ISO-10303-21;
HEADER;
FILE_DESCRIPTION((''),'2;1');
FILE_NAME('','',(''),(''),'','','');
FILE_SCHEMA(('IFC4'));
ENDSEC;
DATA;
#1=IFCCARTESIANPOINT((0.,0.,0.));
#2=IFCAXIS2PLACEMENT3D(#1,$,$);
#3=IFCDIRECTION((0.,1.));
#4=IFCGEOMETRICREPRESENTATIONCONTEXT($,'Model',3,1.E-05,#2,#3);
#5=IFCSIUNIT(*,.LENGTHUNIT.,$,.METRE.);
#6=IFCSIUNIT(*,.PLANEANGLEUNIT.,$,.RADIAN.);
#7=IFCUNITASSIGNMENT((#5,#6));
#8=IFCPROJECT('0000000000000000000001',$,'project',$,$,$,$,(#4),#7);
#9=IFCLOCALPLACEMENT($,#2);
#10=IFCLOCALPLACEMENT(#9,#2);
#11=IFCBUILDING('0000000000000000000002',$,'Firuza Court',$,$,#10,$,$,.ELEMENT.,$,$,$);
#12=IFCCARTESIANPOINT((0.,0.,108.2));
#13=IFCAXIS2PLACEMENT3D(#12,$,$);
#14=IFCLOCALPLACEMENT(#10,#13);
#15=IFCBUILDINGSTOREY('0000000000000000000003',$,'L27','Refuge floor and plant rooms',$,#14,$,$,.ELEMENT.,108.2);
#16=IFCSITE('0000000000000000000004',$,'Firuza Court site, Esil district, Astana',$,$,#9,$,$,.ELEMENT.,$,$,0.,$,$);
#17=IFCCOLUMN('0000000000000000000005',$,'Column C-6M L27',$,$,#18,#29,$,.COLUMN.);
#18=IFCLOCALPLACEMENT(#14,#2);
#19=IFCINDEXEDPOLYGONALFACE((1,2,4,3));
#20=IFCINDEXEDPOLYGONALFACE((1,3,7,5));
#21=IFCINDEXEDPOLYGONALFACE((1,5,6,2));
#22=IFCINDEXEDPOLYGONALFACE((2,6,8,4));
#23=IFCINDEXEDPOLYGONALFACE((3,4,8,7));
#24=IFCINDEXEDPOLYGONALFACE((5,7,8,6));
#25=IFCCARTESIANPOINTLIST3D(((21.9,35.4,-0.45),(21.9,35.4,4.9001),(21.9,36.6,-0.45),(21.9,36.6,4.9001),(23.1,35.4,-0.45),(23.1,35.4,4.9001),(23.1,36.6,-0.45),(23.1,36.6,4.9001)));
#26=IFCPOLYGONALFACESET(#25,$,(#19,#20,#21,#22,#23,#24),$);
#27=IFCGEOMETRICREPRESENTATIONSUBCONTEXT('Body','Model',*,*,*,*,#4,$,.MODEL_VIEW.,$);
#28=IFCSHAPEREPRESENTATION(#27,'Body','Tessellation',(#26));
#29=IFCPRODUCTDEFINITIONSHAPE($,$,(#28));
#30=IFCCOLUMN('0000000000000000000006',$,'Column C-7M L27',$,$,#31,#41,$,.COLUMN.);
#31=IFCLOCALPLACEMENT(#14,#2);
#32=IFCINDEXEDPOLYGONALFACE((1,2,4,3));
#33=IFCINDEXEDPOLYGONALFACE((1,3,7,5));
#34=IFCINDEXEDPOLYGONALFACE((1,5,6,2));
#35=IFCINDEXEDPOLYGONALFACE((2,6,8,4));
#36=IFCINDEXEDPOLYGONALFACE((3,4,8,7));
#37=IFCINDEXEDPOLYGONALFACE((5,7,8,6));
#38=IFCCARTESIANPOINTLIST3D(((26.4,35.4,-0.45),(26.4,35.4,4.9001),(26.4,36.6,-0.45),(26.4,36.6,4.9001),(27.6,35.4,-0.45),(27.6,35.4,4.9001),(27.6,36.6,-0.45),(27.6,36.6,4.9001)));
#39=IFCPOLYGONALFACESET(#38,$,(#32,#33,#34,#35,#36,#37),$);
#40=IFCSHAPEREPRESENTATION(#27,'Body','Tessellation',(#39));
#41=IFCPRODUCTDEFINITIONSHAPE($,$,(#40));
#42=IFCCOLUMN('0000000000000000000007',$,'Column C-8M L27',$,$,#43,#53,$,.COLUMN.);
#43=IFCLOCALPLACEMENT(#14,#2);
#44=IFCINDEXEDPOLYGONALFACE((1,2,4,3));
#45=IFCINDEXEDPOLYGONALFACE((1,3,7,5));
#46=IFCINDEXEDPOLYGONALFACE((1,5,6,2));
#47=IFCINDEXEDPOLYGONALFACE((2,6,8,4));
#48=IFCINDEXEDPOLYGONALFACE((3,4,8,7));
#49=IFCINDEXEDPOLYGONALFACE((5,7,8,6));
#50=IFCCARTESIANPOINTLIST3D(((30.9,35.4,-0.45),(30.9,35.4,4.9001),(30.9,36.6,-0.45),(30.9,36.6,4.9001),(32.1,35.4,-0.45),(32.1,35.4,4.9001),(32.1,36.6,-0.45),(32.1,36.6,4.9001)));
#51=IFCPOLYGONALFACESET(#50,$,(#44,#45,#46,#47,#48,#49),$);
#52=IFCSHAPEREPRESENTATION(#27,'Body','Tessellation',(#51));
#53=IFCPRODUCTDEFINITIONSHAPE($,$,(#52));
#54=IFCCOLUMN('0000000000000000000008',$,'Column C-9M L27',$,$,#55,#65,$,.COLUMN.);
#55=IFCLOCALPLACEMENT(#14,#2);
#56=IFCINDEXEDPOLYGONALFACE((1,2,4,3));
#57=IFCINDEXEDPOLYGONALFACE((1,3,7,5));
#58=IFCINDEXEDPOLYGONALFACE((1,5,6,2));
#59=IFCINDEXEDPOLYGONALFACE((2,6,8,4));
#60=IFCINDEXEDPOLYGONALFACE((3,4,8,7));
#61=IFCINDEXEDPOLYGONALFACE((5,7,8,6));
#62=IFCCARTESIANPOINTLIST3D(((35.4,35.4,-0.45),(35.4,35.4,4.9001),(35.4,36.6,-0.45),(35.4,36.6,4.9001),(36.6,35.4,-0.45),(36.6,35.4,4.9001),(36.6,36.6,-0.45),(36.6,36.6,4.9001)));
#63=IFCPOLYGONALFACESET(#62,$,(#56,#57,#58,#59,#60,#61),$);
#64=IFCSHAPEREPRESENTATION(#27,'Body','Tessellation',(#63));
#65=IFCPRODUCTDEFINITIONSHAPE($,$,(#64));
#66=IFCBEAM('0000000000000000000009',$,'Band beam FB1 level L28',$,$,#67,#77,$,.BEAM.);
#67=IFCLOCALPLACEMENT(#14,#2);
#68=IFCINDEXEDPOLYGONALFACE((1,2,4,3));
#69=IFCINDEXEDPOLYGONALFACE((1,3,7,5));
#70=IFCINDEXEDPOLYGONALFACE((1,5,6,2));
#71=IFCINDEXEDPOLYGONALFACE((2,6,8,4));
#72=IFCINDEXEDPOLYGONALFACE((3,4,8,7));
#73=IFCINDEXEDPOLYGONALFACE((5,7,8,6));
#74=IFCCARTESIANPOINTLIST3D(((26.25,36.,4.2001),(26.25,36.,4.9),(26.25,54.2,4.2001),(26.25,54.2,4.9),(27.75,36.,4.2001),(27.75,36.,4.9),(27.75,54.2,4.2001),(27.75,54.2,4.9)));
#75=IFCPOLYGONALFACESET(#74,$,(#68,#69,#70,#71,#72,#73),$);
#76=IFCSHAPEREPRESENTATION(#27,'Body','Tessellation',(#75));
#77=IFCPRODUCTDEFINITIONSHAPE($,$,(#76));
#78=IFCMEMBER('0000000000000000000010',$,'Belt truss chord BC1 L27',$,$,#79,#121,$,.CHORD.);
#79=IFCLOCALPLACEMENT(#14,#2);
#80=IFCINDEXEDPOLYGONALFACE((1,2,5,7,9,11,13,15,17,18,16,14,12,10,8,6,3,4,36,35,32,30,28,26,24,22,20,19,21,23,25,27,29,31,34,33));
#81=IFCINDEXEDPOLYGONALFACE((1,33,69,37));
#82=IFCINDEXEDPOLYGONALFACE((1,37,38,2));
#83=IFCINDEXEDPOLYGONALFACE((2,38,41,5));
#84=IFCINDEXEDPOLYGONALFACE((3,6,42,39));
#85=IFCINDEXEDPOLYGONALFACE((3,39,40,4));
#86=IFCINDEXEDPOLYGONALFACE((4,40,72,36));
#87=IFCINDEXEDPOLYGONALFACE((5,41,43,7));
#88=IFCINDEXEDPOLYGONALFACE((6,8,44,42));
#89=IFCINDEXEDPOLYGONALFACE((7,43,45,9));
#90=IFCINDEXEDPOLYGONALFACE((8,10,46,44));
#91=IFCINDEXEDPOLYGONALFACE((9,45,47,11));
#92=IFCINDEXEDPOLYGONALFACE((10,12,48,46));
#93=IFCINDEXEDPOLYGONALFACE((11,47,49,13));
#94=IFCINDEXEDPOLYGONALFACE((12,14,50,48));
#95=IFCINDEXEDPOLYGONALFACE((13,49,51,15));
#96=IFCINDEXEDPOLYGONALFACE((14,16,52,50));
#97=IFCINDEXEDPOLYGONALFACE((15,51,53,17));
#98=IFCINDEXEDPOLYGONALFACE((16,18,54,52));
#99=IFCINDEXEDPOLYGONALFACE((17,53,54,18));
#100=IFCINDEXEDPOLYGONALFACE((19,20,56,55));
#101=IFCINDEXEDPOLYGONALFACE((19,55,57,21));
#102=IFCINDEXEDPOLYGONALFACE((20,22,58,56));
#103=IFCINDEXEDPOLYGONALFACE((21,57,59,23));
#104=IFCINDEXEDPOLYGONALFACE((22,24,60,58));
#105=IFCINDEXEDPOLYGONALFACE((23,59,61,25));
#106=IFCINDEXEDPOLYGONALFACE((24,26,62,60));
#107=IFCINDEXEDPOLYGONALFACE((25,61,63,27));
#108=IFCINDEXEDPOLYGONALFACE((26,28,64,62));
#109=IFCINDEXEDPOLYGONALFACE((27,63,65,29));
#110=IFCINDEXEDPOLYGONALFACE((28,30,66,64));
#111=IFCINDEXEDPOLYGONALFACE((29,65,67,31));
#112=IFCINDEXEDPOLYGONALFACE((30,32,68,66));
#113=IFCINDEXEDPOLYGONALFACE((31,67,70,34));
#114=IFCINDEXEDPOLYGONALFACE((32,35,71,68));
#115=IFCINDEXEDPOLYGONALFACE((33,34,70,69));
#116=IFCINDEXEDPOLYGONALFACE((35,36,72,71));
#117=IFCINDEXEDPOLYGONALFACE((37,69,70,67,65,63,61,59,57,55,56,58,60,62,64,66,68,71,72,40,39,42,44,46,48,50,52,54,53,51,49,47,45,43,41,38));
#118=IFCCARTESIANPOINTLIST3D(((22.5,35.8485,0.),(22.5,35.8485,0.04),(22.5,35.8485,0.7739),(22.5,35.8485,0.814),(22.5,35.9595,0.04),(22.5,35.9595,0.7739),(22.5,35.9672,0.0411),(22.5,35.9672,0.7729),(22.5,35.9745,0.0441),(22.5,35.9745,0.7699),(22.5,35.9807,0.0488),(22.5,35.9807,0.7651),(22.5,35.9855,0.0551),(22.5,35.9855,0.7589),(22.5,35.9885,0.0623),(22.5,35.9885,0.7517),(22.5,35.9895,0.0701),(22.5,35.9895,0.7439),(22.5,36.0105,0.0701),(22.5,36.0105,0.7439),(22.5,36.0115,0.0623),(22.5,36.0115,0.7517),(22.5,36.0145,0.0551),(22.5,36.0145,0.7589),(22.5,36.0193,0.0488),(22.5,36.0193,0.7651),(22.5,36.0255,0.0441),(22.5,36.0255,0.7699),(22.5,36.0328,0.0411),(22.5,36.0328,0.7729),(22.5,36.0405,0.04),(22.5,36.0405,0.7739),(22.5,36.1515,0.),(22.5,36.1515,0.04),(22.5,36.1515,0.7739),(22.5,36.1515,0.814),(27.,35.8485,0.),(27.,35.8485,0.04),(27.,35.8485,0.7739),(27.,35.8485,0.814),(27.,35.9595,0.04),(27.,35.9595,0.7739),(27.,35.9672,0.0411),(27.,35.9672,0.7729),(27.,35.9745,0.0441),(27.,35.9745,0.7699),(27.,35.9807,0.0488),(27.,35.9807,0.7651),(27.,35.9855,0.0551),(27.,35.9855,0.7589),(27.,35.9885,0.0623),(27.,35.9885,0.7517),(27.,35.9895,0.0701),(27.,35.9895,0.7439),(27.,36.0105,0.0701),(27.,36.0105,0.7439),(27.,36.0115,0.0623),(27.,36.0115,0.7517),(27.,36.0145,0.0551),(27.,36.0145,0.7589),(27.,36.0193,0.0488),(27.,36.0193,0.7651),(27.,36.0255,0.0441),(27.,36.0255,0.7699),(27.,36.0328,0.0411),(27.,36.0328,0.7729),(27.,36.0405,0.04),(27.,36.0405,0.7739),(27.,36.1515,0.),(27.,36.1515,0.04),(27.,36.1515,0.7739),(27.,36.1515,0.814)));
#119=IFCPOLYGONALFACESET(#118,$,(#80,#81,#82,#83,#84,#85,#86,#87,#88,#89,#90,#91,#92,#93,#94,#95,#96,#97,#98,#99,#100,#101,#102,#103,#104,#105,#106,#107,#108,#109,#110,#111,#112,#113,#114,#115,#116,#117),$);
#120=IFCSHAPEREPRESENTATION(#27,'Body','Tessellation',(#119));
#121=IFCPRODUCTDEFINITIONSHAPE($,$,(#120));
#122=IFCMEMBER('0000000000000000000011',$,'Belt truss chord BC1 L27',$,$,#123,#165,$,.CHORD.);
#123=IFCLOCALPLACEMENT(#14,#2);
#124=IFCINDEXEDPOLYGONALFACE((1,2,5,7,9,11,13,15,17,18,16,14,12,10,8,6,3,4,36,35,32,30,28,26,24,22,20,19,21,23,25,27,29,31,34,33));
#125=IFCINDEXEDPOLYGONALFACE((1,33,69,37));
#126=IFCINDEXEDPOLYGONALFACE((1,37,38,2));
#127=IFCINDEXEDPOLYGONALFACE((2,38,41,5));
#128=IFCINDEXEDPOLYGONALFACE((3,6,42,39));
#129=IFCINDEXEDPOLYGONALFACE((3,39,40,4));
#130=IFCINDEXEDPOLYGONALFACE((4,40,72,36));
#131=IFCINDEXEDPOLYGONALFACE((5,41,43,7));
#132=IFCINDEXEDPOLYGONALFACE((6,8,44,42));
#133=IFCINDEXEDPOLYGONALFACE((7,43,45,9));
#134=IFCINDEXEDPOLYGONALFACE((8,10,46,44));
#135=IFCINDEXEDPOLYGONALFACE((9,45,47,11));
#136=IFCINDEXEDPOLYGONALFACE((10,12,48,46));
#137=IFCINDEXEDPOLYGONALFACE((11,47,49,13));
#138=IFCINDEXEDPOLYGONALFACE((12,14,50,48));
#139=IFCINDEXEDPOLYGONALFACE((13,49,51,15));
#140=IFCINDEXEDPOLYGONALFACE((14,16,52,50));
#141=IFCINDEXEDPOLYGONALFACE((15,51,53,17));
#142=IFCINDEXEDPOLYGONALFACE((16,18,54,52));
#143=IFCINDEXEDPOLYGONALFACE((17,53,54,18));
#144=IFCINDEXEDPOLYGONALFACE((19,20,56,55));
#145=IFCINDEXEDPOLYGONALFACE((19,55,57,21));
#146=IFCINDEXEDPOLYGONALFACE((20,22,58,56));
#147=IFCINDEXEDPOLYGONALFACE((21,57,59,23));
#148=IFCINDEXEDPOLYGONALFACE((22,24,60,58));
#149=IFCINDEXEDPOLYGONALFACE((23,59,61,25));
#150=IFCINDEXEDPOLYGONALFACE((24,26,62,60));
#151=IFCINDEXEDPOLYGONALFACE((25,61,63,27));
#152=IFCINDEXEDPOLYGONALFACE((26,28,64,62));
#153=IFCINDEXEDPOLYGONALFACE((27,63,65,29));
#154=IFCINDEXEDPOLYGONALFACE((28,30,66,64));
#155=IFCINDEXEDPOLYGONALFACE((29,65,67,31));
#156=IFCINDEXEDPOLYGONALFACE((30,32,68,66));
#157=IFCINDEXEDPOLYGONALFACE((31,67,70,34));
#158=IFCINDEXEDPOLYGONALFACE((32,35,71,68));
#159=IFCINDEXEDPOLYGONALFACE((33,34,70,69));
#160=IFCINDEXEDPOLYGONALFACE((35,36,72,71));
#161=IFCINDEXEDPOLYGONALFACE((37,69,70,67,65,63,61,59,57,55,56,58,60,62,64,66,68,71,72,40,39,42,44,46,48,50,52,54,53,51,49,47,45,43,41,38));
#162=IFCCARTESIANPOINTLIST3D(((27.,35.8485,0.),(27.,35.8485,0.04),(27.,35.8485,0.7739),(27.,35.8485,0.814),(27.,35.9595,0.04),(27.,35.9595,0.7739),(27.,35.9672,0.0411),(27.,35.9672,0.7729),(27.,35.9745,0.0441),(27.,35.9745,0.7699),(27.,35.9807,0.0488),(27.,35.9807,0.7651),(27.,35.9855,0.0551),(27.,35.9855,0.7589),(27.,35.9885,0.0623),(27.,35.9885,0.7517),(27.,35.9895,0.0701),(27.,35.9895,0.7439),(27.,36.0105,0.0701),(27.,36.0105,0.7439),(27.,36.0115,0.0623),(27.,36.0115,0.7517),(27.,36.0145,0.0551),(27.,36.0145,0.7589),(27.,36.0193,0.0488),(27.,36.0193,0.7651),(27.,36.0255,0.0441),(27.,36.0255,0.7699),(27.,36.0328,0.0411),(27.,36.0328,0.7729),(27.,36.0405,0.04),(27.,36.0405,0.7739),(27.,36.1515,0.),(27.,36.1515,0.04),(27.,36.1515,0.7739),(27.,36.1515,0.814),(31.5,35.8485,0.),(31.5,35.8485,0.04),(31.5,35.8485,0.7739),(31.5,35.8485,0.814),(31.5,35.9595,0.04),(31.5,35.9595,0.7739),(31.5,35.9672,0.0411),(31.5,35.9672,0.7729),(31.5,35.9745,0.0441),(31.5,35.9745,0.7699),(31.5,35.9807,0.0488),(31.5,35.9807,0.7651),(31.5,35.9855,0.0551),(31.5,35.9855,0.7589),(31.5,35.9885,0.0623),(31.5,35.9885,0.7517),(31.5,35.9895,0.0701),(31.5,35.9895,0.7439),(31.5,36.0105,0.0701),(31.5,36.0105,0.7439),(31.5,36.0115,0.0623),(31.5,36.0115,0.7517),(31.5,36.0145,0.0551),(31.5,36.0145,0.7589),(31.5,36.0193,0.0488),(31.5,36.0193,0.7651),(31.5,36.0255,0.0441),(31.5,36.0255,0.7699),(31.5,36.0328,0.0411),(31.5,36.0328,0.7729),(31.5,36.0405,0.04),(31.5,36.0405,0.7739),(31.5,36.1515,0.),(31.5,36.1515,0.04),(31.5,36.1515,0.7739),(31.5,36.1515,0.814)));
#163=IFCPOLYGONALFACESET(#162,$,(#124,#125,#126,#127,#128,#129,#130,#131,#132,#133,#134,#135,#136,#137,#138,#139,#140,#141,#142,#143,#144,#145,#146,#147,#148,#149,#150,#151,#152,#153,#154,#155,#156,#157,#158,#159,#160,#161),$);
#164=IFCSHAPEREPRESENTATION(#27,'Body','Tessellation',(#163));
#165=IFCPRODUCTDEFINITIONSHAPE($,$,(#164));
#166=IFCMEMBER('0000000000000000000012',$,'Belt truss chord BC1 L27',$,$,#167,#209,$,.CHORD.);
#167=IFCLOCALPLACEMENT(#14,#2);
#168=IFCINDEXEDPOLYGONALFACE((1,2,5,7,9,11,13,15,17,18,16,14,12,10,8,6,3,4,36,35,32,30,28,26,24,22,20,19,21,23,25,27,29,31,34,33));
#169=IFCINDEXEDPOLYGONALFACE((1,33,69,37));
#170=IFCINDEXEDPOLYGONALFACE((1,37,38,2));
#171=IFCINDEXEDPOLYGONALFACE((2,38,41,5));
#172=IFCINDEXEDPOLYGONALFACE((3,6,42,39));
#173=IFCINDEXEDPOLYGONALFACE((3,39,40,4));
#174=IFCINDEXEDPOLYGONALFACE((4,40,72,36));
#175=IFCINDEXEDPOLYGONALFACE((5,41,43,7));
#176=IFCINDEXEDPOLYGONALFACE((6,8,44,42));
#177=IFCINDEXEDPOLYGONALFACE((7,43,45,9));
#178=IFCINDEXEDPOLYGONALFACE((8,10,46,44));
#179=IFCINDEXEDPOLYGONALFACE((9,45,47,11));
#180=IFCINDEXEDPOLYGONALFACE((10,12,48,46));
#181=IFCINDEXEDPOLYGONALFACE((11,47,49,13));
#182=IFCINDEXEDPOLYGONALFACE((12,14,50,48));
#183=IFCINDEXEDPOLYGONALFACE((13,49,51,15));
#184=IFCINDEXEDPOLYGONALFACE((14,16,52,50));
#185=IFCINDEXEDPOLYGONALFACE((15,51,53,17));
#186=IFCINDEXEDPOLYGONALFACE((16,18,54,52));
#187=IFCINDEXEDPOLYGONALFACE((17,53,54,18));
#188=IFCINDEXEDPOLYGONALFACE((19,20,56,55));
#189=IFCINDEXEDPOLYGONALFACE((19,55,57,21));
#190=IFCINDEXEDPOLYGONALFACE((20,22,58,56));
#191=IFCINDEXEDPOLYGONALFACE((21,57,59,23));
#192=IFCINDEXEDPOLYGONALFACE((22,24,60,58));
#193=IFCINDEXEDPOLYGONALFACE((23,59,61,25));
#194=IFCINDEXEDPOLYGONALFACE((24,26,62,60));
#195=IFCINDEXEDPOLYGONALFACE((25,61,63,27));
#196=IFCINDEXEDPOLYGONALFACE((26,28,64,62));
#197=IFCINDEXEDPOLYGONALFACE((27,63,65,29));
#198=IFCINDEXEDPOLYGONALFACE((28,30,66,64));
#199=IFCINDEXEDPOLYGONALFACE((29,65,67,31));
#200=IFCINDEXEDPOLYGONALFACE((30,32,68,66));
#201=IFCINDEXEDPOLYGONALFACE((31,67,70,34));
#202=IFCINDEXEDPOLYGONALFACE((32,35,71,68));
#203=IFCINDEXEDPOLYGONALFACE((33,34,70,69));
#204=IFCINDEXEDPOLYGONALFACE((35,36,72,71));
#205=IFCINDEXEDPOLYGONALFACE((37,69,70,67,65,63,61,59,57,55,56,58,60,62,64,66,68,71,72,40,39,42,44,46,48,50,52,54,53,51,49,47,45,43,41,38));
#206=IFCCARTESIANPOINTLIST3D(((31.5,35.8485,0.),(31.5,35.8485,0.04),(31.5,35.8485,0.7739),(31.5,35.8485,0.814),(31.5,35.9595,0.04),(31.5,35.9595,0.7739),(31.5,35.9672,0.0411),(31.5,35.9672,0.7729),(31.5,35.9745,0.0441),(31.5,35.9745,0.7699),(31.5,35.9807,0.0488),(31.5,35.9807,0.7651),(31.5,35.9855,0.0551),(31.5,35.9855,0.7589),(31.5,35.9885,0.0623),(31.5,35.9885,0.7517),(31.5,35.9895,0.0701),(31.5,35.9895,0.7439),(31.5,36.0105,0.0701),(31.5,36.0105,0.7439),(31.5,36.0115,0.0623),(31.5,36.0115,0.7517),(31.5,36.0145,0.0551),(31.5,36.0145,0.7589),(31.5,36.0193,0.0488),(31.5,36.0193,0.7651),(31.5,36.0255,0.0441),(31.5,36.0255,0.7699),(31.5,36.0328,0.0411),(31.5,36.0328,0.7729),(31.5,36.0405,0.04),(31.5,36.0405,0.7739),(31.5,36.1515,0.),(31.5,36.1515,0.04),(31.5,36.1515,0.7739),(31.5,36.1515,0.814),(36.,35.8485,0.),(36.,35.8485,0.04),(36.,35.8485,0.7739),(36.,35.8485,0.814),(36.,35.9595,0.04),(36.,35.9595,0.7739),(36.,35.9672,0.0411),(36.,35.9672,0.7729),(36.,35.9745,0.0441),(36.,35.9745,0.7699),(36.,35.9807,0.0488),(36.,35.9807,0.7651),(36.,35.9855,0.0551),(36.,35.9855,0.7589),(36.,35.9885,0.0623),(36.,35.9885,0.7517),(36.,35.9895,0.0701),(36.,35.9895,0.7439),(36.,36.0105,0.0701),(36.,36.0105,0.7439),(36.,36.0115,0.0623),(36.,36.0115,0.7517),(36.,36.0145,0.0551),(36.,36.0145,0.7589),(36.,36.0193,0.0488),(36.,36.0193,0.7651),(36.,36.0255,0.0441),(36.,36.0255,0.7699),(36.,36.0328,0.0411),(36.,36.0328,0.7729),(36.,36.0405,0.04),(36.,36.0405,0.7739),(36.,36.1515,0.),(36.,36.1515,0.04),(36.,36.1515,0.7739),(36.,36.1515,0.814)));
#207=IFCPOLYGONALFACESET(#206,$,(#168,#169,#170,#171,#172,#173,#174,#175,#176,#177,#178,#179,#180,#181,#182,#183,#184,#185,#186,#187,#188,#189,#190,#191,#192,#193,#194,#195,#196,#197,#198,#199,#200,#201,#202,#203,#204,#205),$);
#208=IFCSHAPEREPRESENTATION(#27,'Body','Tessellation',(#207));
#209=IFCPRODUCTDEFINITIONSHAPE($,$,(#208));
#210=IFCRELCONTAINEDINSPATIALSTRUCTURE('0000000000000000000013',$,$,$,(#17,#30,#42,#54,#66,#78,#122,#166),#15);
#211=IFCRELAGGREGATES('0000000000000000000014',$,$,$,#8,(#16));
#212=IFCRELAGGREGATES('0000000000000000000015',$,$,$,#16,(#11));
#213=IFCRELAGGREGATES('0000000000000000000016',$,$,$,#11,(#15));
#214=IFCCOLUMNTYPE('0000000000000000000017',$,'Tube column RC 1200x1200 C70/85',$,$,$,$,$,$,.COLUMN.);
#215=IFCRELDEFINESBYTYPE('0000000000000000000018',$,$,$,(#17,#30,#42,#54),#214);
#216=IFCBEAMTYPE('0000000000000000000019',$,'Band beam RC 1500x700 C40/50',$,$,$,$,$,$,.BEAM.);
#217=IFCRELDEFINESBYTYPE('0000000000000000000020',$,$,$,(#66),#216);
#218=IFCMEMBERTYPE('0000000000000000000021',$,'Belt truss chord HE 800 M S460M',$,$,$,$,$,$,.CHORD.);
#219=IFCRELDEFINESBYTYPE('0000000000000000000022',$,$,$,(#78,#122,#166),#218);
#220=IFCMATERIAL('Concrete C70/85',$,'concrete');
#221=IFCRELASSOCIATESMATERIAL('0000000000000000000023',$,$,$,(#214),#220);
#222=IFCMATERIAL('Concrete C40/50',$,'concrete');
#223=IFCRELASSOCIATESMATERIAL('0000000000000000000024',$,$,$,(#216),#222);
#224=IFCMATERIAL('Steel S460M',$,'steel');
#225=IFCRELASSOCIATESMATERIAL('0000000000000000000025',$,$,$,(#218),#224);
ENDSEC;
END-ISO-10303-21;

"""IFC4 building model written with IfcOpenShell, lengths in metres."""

from ifc_helpers import new_model, si_unit, direction, frame, origin, origin_2d, place, context, subcontext, project, spatial, rectangle, i_section, extrude, material, material_profile, profile_set, type_object, element, save


model = new_model("IFC4")

# Units and contexts
model_context = context("Model", 3, precision=1e-05, world=origin(), true_north=direction((0.0, 1.0)))
body_context = subcontext(model_context, "Body", "Model", "MODEL_VIEW")
ifc_project = project(units=[si_unit("LENGTHUNIT", "METRE"), si_unit("PLANEANGLEUNIT", "RADIAN")], contexts=[model_context])

# Site, building, storey
site_placement = place(None, origin())
site = spatial("IfcSite", under=ifc_project, at=site_placement, Name="Firuza Court site, Esil district, Astana", CompositionType="ELEMENT", RefElevation=0.0)
building_placement = place(site_placement, origin())
building = spatial("IfcBuilding", under=site, at=building_placement, Name="Firuza Court", CompositionType="ELEMENT")
storey_placement = place(building_placement, frame((0.0, 0.0, 108.2)))
storey = spatial("IfcBuildingStorey", under=building, at=storey_placement, Name="L27", Description="Refuge floor and plant rooms", CompositionType="ELEMENT", Elevation=108.2)

# Columns
ifc_material_1 = material(Name="Concrete C70/85", Category="concrete")
ifc_material_profile_1 = material_profile(ifc_material_1, rectangle(XDim=1.2, YDim=1.2, at=origin_2d()), Name="RC 1200x1200")
ifc_profile_set_1 = profile_set([ifc_material_profile_1], Name="Concrete C70/85")
column_type = type_object("IfcColumnType", Name="Tube column RC 1200x1200 C70/85", PredefinedType="COLUMN", material=ifc_profile_set_1)
for number, where, z_axis, x_axis, name in (
    (1, (22.5, 36.0, -0.45), (0.0, 0.0, 1.0), (1.0, 0.0, 0.0), "Column C-6M L27"),
    (2, (27.0, 36.0, -0.45), (0.0, 0.0, 1.0), (1.0, 0.0, 0.0), "Column C-7M L27"),
    (3, (31.5, 36.0, -0.45), (0.0, 0.0, 1.0), (1.0, 0.0, 0.0), "Column C-8M L27"),
    (4, (36.0, 36.0, -0.45), (0.0, 0.0, 1.0), (1.0, 0.0, 0.0), "Column C-9M L27"),
):
    element("IfcColumn", number, at=place(storey_placement, frame(where, z_axis=z_axis, x_axis=x_axis)), inside=storey, type_object=column_type, Name=name, PredefinedType="COLUMN", context=body_context, shape_type="SweptSolid", body=[
        extrude(rectangle(XDim=1.2, YDim=1.2, at=origin_2d()), origin(), (0.0, 0.0, 1.0), 5.3501),
    ])

# Beam
ifc_material_2 = material(Name="Concrete C40/50", Category="concrete")
ifc_material_profile_2 = material_profile(ifc_material_2, rectangle(XDim=1.5, YDim=0.7, at=origin_2d()), Name="RC 1500x700")
ifc_profile_set_2 = profile_set([ifc_material_profile_2], Name="Concrete C40/50")
beam_type_1 = type_object("IfcBeamType", Name="Band beam RC 1500x700 C40/50", PredefinedType="BEAM", material=ifc_profile_set_2)
beam_placement = place(storey_placement, frame((27.0, 36.0, 4.55), z_axis=(0.0, 1.0, 0.0), x_axis=(-1.0, 0.0, 0.0)))
element("IfcBeam", 5, at=beam_placement, inside=storey, type_object=beam_type_1, Name="Band beam FB1 level L28", PredefinedType="BEAM", context=body_context, shape_type="SweptSolid", body=[
    extrude(rectangle(XDim=1.5, YDim=0.7, at=origin_2d()), origin(), (0.0, 0.0, 1.0), 18.2),
])

# Members
ifc_material_3 = material(Name="Steel S460M", Category="steel")
ifc_material_profile_3 = material_profile(ifc_material_3, i_section(OverallWidth=0.303, OverallDepth=0.814, WebThickness=0.021, FlangeThickness=0.04, FilletRadius=0.03, at=origin_2d()), Name="HE 800 M")
ifc_profile_set_3 = profile_set([ifc_material_profile_3], Name="Steel S460M")
member_type_1 = type_object("IfcMemberType", Name="Belt truss chord HE 800 M S460M", PredefinedType="CHORD", material=ifc_profile_set_3)
for number, where, z_axis, x_axis, name in (
    (6, (22.5, 36.0, 0.407), (1.0, 0.0, 0.0), (0.0, 1.0, 0.0), "Belt truss chord BC1 L27"),
    (7, (27.0, 36.0, 0.407), (1.0, 0.0, 0.0), (0.0, 1.0, 0.0), "Belt truss chord BC1 L27"),
    (8, (31.5, 36.0, 0.407), (1.0, 0.0, 0.0), (0.0, 1.0, 0.0), "Belt truss chord BC1 L27"),
):
    element("IfcMember", number, at=place(storey_placement, frame(where, z_axis=z_axis, x_axis=x_axis)), inside=storey, type_object=member_type_1, Name=name, PredefinedType="CHORD", context=body_context, shape_type="SweptSolid", body=[
        extrude(i_section(OverallWidth=0.303, OverallDepth=0.814, WebThickness=0.021, FlangeThickness=0.04, FilletRadius=0.03, at=origin_2d()), origin(), (0.0, 0.0, 1.0), 4.5),
    ])

save(model, "model.ifc")
